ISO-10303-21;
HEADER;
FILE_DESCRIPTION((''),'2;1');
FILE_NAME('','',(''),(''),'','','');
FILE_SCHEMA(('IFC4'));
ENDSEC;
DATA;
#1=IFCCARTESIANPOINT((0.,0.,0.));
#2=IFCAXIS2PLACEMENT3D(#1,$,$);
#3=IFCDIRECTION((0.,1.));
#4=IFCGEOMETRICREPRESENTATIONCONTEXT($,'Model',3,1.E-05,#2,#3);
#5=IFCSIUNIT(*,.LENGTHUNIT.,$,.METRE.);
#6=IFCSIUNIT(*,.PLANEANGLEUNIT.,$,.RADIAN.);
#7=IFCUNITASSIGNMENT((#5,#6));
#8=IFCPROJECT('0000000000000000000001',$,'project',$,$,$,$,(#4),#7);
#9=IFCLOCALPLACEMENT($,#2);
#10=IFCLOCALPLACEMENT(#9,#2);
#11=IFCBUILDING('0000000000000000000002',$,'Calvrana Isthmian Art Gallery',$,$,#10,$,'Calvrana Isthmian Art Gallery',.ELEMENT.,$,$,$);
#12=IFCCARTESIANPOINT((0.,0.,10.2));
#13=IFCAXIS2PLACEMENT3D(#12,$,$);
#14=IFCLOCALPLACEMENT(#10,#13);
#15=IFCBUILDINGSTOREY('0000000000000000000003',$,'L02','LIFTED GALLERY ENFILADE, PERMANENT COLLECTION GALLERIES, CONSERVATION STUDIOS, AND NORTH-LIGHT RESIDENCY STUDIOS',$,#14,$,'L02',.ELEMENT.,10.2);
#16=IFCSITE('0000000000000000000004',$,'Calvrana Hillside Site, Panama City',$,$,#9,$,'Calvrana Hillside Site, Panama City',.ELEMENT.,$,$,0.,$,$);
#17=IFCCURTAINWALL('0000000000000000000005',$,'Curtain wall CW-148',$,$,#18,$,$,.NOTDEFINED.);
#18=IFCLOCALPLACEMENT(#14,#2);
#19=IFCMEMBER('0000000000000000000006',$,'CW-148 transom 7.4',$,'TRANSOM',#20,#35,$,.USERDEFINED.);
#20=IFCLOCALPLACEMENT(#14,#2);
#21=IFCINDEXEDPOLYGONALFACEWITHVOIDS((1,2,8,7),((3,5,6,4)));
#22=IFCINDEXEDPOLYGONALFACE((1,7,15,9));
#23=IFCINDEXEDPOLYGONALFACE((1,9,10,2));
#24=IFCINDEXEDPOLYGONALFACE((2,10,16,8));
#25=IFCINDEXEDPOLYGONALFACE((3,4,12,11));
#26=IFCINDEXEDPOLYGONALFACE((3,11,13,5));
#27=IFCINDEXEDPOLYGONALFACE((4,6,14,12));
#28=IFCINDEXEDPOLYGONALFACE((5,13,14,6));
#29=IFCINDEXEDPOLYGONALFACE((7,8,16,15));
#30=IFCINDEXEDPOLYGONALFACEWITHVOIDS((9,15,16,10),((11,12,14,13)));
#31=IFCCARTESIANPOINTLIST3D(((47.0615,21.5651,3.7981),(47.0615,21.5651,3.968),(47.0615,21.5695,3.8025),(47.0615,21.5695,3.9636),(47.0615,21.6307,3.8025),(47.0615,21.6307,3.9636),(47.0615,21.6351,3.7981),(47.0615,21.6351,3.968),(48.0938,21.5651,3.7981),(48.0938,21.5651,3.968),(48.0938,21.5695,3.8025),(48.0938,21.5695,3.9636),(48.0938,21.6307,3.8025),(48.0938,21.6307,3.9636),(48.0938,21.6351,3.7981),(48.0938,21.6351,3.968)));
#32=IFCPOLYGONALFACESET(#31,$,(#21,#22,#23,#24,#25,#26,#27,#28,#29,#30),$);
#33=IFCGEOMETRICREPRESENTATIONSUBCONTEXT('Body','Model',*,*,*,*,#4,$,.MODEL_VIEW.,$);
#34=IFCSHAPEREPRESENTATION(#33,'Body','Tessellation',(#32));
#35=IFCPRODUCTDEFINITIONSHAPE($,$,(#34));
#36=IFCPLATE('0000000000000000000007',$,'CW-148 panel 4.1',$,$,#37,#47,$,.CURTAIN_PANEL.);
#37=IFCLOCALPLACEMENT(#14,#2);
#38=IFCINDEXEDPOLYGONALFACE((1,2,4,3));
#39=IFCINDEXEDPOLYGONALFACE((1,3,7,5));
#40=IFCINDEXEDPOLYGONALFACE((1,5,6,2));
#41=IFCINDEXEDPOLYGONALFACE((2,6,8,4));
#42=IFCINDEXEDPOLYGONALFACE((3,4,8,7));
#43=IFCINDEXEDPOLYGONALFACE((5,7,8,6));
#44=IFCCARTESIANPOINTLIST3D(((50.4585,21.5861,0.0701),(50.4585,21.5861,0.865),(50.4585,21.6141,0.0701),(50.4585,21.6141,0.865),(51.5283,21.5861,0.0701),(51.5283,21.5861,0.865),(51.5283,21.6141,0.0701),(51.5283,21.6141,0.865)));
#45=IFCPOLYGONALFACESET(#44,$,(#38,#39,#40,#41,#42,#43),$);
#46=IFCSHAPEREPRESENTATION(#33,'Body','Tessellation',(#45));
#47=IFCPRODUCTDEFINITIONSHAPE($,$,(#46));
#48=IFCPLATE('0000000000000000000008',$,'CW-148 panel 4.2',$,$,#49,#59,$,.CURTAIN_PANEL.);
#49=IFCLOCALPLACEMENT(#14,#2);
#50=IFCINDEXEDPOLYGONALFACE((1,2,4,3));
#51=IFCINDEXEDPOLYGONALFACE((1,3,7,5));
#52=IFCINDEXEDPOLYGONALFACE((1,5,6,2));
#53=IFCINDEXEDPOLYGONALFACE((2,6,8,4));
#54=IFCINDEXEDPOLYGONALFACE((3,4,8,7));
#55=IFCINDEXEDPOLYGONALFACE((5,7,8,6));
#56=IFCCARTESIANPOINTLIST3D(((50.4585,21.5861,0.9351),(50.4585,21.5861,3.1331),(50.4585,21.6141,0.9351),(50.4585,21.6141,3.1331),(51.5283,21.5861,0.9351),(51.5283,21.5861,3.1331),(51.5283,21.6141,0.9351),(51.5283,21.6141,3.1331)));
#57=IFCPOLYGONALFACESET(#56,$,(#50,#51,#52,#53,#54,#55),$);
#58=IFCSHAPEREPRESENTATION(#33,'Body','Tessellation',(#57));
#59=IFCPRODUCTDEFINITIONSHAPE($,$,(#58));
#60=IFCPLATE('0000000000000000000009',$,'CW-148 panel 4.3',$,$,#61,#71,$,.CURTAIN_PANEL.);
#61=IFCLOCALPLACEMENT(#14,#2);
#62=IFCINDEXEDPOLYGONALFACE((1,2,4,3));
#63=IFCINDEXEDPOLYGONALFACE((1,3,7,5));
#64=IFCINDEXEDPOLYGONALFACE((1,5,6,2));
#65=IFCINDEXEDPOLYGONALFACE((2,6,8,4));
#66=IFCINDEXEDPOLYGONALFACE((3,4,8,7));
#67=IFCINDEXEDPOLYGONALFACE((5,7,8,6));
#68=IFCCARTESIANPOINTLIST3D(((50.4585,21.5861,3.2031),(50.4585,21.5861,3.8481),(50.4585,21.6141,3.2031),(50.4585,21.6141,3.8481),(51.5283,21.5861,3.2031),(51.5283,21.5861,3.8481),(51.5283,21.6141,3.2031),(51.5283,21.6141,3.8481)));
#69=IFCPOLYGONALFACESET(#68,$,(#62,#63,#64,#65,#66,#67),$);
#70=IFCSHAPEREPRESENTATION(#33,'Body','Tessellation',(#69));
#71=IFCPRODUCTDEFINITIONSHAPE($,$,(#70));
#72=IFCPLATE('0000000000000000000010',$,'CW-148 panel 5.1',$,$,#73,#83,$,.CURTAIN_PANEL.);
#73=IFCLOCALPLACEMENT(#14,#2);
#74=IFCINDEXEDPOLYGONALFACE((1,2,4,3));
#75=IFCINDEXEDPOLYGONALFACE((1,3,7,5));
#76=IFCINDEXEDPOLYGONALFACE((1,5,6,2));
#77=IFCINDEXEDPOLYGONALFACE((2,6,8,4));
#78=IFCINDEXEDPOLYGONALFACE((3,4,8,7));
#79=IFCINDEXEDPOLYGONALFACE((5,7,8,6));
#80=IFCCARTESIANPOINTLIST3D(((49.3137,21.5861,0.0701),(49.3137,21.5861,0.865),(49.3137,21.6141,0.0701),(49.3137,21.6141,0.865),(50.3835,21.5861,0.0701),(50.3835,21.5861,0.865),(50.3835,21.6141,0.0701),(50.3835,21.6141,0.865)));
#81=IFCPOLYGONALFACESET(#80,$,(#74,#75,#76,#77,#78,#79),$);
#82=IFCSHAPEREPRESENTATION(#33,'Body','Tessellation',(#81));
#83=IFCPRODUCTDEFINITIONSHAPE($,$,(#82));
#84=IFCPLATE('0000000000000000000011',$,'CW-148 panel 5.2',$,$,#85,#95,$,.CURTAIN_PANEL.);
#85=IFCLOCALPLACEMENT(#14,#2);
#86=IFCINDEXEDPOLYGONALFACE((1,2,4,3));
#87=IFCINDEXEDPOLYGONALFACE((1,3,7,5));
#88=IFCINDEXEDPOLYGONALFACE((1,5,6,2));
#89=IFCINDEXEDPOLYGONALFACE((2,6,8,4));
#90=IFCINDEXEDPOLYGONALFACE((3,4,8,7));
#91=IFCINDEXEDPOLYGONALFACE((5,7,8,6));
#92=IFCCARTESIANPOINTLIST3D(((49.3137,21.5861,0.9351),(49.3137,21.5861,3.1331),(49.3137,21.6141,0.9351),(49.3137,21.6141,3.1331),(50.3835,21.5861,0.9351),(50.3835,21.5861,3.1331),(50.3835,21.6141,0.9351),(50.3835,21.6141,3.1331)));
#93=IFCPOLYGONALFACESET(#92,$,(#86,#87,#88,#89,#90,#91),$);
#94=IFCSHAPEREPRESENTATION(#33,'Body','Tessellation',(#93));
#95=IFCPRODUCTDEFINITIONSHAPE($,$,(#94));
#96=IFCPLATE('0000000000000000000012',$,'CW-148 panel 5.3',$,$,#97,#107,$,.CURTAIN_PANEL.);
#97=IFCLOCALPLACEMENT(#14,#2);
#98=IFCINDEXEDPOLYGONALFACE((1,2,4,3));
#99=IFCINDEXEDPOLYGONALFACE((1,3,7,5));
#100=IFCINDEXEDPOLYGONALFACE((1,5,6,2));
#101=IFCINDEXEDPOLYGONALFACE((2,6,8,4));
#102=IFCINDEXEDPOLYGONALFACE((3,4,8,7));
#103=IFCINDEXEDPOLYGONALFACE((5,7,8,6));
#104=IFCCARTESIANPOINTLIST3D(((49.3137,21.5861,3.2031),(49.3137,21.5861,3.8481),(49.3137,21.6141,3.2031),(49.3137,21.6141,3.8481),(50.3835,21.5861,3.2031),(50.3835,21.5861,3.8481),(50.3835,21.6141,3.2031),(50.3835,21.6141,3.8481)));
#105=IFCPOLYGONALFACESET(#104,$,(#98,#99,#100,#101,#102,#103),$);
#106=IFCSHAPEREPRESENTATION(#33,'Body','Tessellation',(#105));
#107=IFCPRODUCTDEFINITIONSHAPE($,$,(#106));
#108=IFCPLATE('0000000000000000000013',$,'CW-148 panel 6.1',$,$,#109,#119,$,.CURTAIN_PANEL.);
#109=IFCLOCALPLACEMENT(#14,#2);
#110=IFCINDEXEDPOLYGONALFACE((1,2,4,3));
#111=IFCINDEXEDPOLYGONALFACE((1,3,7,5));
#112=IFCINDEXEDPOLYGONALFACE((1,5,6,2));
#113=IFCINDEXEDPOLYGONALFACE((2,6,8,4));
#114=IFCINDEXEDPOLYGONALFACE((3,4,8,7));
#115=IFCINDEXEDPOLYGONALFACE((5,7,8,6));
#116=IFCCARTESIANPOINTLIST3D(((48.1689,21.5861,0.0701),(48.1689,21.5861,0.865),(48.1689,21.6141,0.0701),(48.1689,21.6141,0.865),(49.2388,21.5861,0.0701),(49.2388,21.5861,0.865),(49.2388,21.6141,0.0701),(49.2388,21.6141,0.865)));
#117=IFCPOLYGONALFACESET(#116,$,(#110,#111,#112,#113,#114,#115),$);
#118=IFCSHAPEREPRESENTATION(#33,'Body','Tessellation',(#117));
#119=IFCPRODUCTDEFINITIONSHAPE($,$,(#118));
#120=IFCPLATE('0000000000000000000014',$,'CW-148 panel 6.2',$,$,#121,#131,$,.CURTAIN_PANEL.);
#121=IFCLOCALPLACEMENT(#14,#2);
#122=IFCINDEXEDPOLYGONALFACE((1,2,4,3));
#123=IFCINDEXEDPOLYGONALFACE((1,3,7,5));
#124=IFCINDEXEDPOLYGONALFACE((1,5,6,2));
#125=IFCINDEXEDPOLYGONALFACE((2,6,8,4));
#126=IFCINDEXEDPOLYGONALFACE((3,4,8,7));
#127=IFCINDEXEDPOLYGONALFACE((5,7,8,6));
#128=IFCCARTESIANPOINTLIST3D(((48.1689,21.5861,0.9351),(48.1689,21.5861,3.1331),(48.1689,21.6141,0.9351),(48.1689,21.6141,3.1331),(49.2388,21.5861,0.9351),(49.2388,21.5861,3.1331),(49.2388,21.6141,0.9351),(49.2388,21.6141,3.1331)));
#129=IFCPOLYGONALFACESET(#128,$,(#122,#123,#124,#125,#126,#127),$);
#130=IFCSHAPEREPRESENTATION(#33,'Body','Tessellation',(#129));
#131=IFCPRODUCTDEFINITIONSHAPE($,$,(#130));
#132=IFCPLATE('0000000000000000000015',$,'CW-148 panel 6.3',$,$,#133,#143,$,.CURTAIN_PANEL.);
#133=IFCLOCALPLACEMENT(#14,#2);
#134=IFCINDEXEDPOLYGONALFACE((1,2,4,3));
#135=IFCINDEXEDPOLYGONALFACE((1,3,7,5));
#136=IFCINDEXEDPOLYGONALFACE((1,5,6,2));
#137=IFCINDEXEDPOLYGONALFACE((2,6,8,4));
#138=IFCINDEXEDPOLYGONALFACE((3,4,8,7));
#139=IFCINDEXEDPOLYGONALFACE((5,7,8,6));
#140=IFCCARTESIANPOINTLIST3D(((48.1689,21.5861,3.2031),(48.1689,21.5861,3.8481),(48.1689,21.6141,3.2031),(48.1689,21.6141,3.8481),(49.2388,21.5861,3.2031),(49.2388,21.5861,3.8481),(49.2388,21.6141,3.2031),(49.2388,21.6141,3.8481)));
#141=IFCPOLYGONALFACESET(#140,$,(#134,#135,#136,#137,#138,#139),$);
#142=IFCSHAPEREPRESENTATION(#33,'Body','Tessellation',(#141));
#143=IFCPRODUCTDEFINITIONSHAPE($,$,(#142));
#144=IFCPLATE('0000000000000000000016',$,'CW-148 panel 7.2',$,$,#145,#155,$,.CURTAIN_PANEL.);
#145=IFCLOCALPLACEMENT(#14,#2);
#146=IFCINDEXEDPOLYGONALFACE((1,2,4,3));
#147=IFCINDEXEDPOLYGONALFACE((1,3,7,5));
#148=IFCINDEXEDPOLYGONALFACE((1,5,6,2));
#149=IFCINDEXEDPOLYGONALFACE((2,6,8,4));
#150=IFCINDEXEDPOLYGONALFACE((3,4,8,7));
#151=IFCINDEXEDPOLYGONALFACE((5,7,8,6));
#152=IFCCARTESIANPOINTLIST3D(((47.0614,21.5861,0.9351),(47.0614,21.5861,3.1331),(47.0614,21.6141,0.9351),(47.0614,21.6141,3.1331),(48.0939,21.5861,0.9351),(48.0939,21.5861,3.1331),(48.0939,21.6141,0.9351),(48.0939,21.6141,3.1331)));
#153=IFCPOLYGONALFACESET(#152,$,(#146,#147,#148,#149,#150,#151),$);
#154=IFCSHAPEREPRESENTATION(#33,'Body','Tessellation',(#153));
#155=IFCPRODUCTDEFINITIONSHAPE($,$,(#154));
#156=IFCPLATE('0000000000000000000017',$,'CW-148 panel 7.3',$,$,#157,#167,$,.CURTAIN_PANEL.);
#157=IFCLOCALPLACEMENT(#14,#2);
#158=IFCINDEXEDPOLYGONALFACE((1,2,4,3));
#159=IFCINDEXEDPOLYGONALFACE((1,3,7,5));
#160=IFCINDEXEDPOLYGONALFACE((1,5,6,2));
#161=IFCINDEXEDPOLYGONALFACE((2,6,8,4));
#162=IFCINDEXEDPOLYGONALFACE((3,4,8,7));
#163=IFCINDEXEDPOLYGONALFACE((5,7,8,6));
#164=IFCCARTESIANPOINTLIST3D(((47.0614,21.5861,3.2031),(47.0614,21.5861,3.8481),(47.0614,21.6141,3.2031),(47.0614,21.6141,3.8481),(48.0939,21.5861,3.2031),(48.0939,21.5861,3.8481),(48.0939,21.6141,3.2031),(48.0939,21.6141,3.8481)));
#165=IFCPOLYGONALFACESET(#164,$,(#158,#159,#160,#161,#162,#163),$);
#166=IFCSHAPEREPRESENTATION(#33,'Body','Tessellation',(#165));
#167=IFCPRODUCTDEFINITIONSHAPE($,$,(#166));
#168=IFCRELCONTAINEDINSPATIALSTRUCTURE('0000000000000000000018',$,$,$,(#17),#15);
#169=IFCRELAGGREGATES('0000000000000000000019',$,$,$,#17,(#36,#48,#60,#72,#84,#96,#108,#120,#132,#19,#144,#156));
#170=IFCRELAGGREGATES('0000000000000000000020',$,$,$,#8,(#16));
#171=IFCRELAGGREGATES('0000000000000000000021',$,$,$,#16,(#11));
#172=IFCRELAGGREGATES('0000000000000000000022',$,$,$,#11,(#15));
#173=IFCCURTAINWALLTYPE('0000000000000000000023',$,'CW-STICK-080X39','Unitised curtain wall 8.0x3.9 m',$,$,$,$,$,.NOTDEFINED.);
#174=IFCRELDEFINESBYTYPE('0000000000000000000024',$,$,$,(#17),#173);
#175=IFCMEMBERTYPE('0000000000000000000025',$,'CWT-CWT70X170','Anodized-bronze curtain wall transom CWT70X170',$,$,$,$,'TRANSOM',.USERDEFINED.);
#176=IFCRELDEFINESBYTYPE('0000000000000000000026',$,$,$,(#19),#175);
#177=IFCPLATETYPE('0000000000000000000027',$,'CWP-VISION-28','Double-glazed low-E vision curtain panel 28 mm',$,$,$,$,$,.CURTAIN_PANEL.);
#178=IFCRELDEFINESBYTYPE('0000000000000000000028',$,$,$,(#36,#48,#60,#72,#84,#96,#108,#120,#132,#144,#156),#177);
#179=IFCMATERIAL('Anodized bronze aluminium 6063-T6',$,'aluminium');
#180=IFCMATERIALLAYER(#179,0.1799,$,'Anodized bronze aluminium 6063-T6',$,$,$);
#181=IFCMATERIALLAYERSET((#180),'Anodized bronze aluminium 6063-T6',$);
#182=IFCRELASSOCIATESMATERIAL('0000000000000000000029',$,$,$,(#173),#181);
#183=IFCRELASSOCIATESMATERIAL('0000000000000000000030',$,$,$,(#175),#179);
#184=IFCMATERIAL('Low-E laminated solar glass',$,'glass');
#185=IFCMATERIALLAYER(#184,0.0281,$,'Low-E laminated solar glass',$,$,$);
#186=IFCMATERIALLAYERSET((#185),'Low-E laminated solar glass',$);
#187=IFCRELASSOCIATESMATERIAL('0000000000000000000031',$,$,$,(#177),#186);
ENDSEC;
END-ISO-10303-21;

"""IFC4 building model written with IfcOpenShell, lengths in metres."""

from ifc_helpers import new_model, si_unit, direction, frame, origin, origin_2d, place, context, subcontext, project, spatial, rectangle, hollow_rectangle, extrude, material, layer, layer_set, material_profile, profile_set, type_object, element, aggregate, save


model = new_model("IFC4")

# Units and contexts
model_context = context("Model", 3, precision=1e-05, world=origin(), true_north=direction((0.0, 1.0)))
body_context = subcontext(model_context, "Body", "Model", "MODEL_VIEW")
ifc_project = project(units=[si_unit("LENGTHUNIT", "METRE"), si_unit("PLANEANGLEUNIT", "RADIAN")], contexts=[model_context])

# Site, building, storey
site_placement = place(None, origin())
site = spatial("IfcSite", under=ifc_project, at=site_placement, Name="Calvrana Hillside Site, Panama City", LongName="Calvrana Hillside Site, Panama City", CompositionType="ELEMENT", RefElevation=0.0)
building_placement = place(site_placement, origin())
building = spatial("IfcBuilding", under=site, at=building_placement, Name="Calvrana Isthmian Art Gallery", LongName="Calvrana Isthmian Art Gallery", CompositionType="ELEMENT")
storey_placement = place(building_placement, frame((0.0, 0.0, 10.2)))
storey = spatial("IfcBuildingStorey", under=building, at=storey_placement, Name="L02", Description="LIFTED GALLERY ENFILADE, PERMANENT COLLECTION GALLERIES, CONSERVATION STUDIOS, AND NORTH-LIGHT RESIDENCY STUDIOS", LongName="L02", CompositionType="ELEMENT", Elevation=10.2)

# Shared definitions
ifc_material_1 = material(Name="Anodized bronze aluminium 6063-T6", Category="aluminium")

# Curtain wall, member, plates
ifc_layer_1 = layer(ifc_material_1, 0.1799, Name="Anodized bronze aluminium 6063-T6")
ifc_layer_set_1 = layer_set([ifc_layer_1], Name="Anodized bronze aluminium 6063-T6")
curtain_wall_type_1 = type_object("IfcCurtainWallType", Name="CW-STICK-080X39", Description="Unitised curtain wall 8.0x3.9 m", PredefinedType="NOTDEFINED", material=ifc_layer_set_1)
curtain_wall_1_placement = place(storey_placement, origin())
curtain_wall_1 = element("IfcCurtainWall", 1, at=curtain_wall_1_placement, inside=storey, type_object=curtain_wall_type_1, Name="Curtain wall CW-148", PredefinedType="NOTDEFINED")
ifc_material_profile_1 = material_profile(ifc_material_1, hollow_rectangle(XDim=0.0701, YDim=0.1699, WallThickness=0.0044, at=origin_2d()), Name="CWT70X170")
ifc_profile_set_1 = profile_set([ifc_material_profile_1], Name="Anodized bronze aluminium 6063-T6")
member_type_1 = type_object("IfcMemberType", Name="CWT-CWT70X170", Description="Anodized-bronze curtain wall transom CWT70X170", ElementType="TRANSOM", PredefinedType="USERDEFINED", material=ifc_profile_set_1)
member_1_placement = place(storey_placement, frame((48.0938, 21.6001, 3.8831), z_axis=(-1.0, 0.0, 0.0), x_axis=(0.0, -1.0, 0.0)))
member_1 = element("IfcMember", 2, at=member_1_placement, type_object=member_type_1, Name="CW-148 transom 7.4", ObjectType="TRANSOM", PredefinedType="USERDEFINED", context=body_context, shape_type="SweptSolid", body=[
    extrude(hollow_rectangle(XDim=0.0701, YDim=0.1699, WallThickness=0.0044, at=origin_2d()), origin(), (0.0, 0.0, 1.0), 1.0322),
])
ifc_material_2 = material(Name="Low-E laminated solar glass", Category="glass")
ifc_layer_2 = layer(ifc_material_2, 0.0281, Name="Low-E laminated solar glass")
ifc_layer_set_2 = layer_set([ifc_layer_2], Name="Low-E laminated solar glass")
plate_type = type_object("IfcPlateType", Name="CWP-VISION-28", Description="Double-glazed low-E vision curtain panel 28 mm", PredefinedType="CURTAIN_PANEL", material=ifc_layer_set_2)
plate_1_placement = place(storey_placement, frame((50.9934, 21.6001, 0.0701), z_axis=(0.0, 0.0, 1.0), x_axis=(-1.0, 0.0, 0.0)))
plate_1 = element("IfcPlate", 3, at=plate_1_placement, type_object=plate_type, Name="CW-148 panel 4.1", PredefinedType="CURTAIN_PANEL", context=body_context, shape_type="SweptSolid", body=[
    extrude(rectangle(XDim=1.0698, YDim=0.0281, at=origin_2d()), origin(), (0.0, 0.0, 1.0), 0.7949),
])
plate_2_placement = place(storey_placement, frame((50.9934, 21.6001, 0.9351), z_axis=(0.0, 0.0, 1.0), x_axis=(-1.0, 0.0, 0.0)))
plate_2 = element("IfcPlate", 4, at=plate_2_placement, type_object=plate_type, Name="CW-148 panel 4.2", PredefinedType="CURTAIN_PANEL", context=body_context, shape_type="SweptSolid", body=[
    extrude(rectangle(XDim=1.0698, YDim=0.0281, at=origin_2d()), origin(), (0.0, 0.0, 1.0), 2.198),
])
plate_3_placement = place(storey_placement, frame((50.9934, 21.6001, 3.2031), z_axis=(0.0, 0.0, 1.0), x_axis=(-1.0, 0.0, 0.0)))
plate_3 = element("IfcPlate", 5, at=plate_3_placement, type_object=plate_type, Name="CW-148 panel 4.3", PredefinedType="CURTAIN_PANEL", context=body_context, shape_type="SweptSolid", body=[
    extrude(rectangle(XDim=1.0698, YDim=0.0281, at=origin_2d()), origin(), (0.0, 0.0, 1.0), 0.645),
])
plate_4_placement = place(storey_placement, frame((49.8486, 21.6001, 0.0701), z_axis=(0.0, 0.0, 1.0), x_axis=(-1.0, 0.0, 0.0)))
plate_4 = element("IfcPlate", 6, at=plate_4_placement, type_object=plate_type, Name="CW-148 panel 5.1", PredefinedType="CURTAIN_PANEL", context=body_context, shape_type="SweptSolid", body=[
    extrude(rectangle(XDim=1.0698, YDim=0.0281, at=origin_2d()), origin(), (0.0, 0.0, 1.0), 0.7949),
])
plate_5_placement = place(storey_placement, frame((49.8486, 21.6001, 0.9351), z_axis=(0.0, 0.0, 1.0), x_axis=(-1.0, 0.0, 0.0)))
plate_5 = element("IfcPlate", 7, at=plate_5_placement, type_object=plate_type, Name="CW-148 panel 5.2", PredefinedType="CURTAIN_PANEL", context=body_context, shape_type="SweptSolid", body=[
    extrude(rectangle(XDim=1.0698, YDim=0.0281, at=origin_2d()), origin(), (0.0, 0.0, 1.0), 2.198),
])
plate_6_placement = place(storey_placement, frame((49.8486, 21.6001, 3.2031), z_axis=(0.0, 0.0, 1.0), x_axis=(-1.0, 0.0, 0.0)))
plate_6 = element("IfcPlate", 8, at=plate_6_placement, type_object=plate_type, Name="CW-148 panel 5.3", PredefinedType="CURTAIN_PANEL", context=body_context, shape_type="SweptSolid", body=[
    extrude(rectangle(XDim=1.0698, YDim=0.0281, at=origin_2d()), origin(), (0.0, 0.0, 1.0), 0.645),
])
plate_7_placement = place(storey_placement, frame((48.7039, 21.6001, 0.0701), z_axis=(0.0, 0.0, 1.0), x_axis=(-1.0, 0.0, 0.0)))
plate_7 = element("IfcPlate", 9, at=plate_7_placement, type_object=plate_type, Name="CW-148 panel 6.1", PredefinedType="CURTAIN_PANEL", context=body_context, shape_type="SweptSolid", body=[
    extrude(rectangle(XDim=1.0698, YDim=0.0281, at=origin_2d()), origin(), (0.0, 0.0, 1.0), 0.7949),
])
plate_8_placement = place(storey_placement, frame((48.7039, 21.6001, 0.9351), z_axis=(0.0, 0.0, 1.0), x_axis=(-1.0, 0.0, 0.0)))
plate_8 = element("IfcPlate", 10, at=plate_8_placement, type_object=plate_type, Name="CW-148 panel 6.2", PredefinedType="CURTAIN_PANEL", context=body_context, shape_type="SweptSolid", body=[
    extrude(rectangle(XDim=1.0698, YDim=0.0281, at=origin_2d()), origin(), (0.0, 0.0, 1.0), 2.198),
])
plate_9_placement = place(storey_placement, frame((48.7039, 21.6001, 3.2031), z_axis=(0.0, 0.0, 1.0), x_axis=(-1.0, 0.0, 0.0)))
plate_9 = element("IfcPlate", 11, at=plate_9_placement, type_object=plate_type, Name="CW-148 panel 6.3", PredefinedType="CURTAIN_PANEL", context=body_context, shape_type="SweptSolid", body=[
    extrude(rectangle(XDim=1.0698, YDim=0.0281, at=origin_2d()), origin(), (0.0, 0.0, 1.0), 0.645),
])
plate_10_placement = place(storey_placement, frame((47.5776, 21.6001, 0.9351), z_axis=(0.0, 0.0, 1.0), x_axis=(-1.0, 0.0, 0.0)))
plate_10 = element("IfcPlate", 12, at=plate_10_placement, type_object=plate_type, Name="CW-148 panel 7.2", PredefinedType="CURTAIN_PANEL", context=body_context, shape_type="SweptSolid", body=[
    extrude(rectangle(XDim=1.0325, YDim=0.0281, at=origin_2d()), origin(), (0.0, 0.0, 1.0), 2.198),
])
plate_11_placement = place(storey_placement, frame((47.5776, 21.6001, 3.2031), z_axis=(0.0, 0.0, 1.0), x_axis=(-1.0, 0.0, 0.0)))
plate_11 = element("IfcPlate", 13, at=plate_11_placement, type_object=plate_type, Name="CW-148 panel 7.3", PredefinedType="CURTAIN_PANEL", context=body_context, shape_type="SweptSolid", body=[
    extrude(rectangle(XDim=1.0325, YDim=0.0281, at=origin_2d()), origin(), (0.0, 0.0, 1.0), 0.645),
])
aggregate(curtain_wall_1, [plate_1, plate_2, plate_3, plate_4, plate_5, plate_6, plate_7, plate_8, plate_9, member_1, plate_10, plate_11])

save(model, "model.ifc")
